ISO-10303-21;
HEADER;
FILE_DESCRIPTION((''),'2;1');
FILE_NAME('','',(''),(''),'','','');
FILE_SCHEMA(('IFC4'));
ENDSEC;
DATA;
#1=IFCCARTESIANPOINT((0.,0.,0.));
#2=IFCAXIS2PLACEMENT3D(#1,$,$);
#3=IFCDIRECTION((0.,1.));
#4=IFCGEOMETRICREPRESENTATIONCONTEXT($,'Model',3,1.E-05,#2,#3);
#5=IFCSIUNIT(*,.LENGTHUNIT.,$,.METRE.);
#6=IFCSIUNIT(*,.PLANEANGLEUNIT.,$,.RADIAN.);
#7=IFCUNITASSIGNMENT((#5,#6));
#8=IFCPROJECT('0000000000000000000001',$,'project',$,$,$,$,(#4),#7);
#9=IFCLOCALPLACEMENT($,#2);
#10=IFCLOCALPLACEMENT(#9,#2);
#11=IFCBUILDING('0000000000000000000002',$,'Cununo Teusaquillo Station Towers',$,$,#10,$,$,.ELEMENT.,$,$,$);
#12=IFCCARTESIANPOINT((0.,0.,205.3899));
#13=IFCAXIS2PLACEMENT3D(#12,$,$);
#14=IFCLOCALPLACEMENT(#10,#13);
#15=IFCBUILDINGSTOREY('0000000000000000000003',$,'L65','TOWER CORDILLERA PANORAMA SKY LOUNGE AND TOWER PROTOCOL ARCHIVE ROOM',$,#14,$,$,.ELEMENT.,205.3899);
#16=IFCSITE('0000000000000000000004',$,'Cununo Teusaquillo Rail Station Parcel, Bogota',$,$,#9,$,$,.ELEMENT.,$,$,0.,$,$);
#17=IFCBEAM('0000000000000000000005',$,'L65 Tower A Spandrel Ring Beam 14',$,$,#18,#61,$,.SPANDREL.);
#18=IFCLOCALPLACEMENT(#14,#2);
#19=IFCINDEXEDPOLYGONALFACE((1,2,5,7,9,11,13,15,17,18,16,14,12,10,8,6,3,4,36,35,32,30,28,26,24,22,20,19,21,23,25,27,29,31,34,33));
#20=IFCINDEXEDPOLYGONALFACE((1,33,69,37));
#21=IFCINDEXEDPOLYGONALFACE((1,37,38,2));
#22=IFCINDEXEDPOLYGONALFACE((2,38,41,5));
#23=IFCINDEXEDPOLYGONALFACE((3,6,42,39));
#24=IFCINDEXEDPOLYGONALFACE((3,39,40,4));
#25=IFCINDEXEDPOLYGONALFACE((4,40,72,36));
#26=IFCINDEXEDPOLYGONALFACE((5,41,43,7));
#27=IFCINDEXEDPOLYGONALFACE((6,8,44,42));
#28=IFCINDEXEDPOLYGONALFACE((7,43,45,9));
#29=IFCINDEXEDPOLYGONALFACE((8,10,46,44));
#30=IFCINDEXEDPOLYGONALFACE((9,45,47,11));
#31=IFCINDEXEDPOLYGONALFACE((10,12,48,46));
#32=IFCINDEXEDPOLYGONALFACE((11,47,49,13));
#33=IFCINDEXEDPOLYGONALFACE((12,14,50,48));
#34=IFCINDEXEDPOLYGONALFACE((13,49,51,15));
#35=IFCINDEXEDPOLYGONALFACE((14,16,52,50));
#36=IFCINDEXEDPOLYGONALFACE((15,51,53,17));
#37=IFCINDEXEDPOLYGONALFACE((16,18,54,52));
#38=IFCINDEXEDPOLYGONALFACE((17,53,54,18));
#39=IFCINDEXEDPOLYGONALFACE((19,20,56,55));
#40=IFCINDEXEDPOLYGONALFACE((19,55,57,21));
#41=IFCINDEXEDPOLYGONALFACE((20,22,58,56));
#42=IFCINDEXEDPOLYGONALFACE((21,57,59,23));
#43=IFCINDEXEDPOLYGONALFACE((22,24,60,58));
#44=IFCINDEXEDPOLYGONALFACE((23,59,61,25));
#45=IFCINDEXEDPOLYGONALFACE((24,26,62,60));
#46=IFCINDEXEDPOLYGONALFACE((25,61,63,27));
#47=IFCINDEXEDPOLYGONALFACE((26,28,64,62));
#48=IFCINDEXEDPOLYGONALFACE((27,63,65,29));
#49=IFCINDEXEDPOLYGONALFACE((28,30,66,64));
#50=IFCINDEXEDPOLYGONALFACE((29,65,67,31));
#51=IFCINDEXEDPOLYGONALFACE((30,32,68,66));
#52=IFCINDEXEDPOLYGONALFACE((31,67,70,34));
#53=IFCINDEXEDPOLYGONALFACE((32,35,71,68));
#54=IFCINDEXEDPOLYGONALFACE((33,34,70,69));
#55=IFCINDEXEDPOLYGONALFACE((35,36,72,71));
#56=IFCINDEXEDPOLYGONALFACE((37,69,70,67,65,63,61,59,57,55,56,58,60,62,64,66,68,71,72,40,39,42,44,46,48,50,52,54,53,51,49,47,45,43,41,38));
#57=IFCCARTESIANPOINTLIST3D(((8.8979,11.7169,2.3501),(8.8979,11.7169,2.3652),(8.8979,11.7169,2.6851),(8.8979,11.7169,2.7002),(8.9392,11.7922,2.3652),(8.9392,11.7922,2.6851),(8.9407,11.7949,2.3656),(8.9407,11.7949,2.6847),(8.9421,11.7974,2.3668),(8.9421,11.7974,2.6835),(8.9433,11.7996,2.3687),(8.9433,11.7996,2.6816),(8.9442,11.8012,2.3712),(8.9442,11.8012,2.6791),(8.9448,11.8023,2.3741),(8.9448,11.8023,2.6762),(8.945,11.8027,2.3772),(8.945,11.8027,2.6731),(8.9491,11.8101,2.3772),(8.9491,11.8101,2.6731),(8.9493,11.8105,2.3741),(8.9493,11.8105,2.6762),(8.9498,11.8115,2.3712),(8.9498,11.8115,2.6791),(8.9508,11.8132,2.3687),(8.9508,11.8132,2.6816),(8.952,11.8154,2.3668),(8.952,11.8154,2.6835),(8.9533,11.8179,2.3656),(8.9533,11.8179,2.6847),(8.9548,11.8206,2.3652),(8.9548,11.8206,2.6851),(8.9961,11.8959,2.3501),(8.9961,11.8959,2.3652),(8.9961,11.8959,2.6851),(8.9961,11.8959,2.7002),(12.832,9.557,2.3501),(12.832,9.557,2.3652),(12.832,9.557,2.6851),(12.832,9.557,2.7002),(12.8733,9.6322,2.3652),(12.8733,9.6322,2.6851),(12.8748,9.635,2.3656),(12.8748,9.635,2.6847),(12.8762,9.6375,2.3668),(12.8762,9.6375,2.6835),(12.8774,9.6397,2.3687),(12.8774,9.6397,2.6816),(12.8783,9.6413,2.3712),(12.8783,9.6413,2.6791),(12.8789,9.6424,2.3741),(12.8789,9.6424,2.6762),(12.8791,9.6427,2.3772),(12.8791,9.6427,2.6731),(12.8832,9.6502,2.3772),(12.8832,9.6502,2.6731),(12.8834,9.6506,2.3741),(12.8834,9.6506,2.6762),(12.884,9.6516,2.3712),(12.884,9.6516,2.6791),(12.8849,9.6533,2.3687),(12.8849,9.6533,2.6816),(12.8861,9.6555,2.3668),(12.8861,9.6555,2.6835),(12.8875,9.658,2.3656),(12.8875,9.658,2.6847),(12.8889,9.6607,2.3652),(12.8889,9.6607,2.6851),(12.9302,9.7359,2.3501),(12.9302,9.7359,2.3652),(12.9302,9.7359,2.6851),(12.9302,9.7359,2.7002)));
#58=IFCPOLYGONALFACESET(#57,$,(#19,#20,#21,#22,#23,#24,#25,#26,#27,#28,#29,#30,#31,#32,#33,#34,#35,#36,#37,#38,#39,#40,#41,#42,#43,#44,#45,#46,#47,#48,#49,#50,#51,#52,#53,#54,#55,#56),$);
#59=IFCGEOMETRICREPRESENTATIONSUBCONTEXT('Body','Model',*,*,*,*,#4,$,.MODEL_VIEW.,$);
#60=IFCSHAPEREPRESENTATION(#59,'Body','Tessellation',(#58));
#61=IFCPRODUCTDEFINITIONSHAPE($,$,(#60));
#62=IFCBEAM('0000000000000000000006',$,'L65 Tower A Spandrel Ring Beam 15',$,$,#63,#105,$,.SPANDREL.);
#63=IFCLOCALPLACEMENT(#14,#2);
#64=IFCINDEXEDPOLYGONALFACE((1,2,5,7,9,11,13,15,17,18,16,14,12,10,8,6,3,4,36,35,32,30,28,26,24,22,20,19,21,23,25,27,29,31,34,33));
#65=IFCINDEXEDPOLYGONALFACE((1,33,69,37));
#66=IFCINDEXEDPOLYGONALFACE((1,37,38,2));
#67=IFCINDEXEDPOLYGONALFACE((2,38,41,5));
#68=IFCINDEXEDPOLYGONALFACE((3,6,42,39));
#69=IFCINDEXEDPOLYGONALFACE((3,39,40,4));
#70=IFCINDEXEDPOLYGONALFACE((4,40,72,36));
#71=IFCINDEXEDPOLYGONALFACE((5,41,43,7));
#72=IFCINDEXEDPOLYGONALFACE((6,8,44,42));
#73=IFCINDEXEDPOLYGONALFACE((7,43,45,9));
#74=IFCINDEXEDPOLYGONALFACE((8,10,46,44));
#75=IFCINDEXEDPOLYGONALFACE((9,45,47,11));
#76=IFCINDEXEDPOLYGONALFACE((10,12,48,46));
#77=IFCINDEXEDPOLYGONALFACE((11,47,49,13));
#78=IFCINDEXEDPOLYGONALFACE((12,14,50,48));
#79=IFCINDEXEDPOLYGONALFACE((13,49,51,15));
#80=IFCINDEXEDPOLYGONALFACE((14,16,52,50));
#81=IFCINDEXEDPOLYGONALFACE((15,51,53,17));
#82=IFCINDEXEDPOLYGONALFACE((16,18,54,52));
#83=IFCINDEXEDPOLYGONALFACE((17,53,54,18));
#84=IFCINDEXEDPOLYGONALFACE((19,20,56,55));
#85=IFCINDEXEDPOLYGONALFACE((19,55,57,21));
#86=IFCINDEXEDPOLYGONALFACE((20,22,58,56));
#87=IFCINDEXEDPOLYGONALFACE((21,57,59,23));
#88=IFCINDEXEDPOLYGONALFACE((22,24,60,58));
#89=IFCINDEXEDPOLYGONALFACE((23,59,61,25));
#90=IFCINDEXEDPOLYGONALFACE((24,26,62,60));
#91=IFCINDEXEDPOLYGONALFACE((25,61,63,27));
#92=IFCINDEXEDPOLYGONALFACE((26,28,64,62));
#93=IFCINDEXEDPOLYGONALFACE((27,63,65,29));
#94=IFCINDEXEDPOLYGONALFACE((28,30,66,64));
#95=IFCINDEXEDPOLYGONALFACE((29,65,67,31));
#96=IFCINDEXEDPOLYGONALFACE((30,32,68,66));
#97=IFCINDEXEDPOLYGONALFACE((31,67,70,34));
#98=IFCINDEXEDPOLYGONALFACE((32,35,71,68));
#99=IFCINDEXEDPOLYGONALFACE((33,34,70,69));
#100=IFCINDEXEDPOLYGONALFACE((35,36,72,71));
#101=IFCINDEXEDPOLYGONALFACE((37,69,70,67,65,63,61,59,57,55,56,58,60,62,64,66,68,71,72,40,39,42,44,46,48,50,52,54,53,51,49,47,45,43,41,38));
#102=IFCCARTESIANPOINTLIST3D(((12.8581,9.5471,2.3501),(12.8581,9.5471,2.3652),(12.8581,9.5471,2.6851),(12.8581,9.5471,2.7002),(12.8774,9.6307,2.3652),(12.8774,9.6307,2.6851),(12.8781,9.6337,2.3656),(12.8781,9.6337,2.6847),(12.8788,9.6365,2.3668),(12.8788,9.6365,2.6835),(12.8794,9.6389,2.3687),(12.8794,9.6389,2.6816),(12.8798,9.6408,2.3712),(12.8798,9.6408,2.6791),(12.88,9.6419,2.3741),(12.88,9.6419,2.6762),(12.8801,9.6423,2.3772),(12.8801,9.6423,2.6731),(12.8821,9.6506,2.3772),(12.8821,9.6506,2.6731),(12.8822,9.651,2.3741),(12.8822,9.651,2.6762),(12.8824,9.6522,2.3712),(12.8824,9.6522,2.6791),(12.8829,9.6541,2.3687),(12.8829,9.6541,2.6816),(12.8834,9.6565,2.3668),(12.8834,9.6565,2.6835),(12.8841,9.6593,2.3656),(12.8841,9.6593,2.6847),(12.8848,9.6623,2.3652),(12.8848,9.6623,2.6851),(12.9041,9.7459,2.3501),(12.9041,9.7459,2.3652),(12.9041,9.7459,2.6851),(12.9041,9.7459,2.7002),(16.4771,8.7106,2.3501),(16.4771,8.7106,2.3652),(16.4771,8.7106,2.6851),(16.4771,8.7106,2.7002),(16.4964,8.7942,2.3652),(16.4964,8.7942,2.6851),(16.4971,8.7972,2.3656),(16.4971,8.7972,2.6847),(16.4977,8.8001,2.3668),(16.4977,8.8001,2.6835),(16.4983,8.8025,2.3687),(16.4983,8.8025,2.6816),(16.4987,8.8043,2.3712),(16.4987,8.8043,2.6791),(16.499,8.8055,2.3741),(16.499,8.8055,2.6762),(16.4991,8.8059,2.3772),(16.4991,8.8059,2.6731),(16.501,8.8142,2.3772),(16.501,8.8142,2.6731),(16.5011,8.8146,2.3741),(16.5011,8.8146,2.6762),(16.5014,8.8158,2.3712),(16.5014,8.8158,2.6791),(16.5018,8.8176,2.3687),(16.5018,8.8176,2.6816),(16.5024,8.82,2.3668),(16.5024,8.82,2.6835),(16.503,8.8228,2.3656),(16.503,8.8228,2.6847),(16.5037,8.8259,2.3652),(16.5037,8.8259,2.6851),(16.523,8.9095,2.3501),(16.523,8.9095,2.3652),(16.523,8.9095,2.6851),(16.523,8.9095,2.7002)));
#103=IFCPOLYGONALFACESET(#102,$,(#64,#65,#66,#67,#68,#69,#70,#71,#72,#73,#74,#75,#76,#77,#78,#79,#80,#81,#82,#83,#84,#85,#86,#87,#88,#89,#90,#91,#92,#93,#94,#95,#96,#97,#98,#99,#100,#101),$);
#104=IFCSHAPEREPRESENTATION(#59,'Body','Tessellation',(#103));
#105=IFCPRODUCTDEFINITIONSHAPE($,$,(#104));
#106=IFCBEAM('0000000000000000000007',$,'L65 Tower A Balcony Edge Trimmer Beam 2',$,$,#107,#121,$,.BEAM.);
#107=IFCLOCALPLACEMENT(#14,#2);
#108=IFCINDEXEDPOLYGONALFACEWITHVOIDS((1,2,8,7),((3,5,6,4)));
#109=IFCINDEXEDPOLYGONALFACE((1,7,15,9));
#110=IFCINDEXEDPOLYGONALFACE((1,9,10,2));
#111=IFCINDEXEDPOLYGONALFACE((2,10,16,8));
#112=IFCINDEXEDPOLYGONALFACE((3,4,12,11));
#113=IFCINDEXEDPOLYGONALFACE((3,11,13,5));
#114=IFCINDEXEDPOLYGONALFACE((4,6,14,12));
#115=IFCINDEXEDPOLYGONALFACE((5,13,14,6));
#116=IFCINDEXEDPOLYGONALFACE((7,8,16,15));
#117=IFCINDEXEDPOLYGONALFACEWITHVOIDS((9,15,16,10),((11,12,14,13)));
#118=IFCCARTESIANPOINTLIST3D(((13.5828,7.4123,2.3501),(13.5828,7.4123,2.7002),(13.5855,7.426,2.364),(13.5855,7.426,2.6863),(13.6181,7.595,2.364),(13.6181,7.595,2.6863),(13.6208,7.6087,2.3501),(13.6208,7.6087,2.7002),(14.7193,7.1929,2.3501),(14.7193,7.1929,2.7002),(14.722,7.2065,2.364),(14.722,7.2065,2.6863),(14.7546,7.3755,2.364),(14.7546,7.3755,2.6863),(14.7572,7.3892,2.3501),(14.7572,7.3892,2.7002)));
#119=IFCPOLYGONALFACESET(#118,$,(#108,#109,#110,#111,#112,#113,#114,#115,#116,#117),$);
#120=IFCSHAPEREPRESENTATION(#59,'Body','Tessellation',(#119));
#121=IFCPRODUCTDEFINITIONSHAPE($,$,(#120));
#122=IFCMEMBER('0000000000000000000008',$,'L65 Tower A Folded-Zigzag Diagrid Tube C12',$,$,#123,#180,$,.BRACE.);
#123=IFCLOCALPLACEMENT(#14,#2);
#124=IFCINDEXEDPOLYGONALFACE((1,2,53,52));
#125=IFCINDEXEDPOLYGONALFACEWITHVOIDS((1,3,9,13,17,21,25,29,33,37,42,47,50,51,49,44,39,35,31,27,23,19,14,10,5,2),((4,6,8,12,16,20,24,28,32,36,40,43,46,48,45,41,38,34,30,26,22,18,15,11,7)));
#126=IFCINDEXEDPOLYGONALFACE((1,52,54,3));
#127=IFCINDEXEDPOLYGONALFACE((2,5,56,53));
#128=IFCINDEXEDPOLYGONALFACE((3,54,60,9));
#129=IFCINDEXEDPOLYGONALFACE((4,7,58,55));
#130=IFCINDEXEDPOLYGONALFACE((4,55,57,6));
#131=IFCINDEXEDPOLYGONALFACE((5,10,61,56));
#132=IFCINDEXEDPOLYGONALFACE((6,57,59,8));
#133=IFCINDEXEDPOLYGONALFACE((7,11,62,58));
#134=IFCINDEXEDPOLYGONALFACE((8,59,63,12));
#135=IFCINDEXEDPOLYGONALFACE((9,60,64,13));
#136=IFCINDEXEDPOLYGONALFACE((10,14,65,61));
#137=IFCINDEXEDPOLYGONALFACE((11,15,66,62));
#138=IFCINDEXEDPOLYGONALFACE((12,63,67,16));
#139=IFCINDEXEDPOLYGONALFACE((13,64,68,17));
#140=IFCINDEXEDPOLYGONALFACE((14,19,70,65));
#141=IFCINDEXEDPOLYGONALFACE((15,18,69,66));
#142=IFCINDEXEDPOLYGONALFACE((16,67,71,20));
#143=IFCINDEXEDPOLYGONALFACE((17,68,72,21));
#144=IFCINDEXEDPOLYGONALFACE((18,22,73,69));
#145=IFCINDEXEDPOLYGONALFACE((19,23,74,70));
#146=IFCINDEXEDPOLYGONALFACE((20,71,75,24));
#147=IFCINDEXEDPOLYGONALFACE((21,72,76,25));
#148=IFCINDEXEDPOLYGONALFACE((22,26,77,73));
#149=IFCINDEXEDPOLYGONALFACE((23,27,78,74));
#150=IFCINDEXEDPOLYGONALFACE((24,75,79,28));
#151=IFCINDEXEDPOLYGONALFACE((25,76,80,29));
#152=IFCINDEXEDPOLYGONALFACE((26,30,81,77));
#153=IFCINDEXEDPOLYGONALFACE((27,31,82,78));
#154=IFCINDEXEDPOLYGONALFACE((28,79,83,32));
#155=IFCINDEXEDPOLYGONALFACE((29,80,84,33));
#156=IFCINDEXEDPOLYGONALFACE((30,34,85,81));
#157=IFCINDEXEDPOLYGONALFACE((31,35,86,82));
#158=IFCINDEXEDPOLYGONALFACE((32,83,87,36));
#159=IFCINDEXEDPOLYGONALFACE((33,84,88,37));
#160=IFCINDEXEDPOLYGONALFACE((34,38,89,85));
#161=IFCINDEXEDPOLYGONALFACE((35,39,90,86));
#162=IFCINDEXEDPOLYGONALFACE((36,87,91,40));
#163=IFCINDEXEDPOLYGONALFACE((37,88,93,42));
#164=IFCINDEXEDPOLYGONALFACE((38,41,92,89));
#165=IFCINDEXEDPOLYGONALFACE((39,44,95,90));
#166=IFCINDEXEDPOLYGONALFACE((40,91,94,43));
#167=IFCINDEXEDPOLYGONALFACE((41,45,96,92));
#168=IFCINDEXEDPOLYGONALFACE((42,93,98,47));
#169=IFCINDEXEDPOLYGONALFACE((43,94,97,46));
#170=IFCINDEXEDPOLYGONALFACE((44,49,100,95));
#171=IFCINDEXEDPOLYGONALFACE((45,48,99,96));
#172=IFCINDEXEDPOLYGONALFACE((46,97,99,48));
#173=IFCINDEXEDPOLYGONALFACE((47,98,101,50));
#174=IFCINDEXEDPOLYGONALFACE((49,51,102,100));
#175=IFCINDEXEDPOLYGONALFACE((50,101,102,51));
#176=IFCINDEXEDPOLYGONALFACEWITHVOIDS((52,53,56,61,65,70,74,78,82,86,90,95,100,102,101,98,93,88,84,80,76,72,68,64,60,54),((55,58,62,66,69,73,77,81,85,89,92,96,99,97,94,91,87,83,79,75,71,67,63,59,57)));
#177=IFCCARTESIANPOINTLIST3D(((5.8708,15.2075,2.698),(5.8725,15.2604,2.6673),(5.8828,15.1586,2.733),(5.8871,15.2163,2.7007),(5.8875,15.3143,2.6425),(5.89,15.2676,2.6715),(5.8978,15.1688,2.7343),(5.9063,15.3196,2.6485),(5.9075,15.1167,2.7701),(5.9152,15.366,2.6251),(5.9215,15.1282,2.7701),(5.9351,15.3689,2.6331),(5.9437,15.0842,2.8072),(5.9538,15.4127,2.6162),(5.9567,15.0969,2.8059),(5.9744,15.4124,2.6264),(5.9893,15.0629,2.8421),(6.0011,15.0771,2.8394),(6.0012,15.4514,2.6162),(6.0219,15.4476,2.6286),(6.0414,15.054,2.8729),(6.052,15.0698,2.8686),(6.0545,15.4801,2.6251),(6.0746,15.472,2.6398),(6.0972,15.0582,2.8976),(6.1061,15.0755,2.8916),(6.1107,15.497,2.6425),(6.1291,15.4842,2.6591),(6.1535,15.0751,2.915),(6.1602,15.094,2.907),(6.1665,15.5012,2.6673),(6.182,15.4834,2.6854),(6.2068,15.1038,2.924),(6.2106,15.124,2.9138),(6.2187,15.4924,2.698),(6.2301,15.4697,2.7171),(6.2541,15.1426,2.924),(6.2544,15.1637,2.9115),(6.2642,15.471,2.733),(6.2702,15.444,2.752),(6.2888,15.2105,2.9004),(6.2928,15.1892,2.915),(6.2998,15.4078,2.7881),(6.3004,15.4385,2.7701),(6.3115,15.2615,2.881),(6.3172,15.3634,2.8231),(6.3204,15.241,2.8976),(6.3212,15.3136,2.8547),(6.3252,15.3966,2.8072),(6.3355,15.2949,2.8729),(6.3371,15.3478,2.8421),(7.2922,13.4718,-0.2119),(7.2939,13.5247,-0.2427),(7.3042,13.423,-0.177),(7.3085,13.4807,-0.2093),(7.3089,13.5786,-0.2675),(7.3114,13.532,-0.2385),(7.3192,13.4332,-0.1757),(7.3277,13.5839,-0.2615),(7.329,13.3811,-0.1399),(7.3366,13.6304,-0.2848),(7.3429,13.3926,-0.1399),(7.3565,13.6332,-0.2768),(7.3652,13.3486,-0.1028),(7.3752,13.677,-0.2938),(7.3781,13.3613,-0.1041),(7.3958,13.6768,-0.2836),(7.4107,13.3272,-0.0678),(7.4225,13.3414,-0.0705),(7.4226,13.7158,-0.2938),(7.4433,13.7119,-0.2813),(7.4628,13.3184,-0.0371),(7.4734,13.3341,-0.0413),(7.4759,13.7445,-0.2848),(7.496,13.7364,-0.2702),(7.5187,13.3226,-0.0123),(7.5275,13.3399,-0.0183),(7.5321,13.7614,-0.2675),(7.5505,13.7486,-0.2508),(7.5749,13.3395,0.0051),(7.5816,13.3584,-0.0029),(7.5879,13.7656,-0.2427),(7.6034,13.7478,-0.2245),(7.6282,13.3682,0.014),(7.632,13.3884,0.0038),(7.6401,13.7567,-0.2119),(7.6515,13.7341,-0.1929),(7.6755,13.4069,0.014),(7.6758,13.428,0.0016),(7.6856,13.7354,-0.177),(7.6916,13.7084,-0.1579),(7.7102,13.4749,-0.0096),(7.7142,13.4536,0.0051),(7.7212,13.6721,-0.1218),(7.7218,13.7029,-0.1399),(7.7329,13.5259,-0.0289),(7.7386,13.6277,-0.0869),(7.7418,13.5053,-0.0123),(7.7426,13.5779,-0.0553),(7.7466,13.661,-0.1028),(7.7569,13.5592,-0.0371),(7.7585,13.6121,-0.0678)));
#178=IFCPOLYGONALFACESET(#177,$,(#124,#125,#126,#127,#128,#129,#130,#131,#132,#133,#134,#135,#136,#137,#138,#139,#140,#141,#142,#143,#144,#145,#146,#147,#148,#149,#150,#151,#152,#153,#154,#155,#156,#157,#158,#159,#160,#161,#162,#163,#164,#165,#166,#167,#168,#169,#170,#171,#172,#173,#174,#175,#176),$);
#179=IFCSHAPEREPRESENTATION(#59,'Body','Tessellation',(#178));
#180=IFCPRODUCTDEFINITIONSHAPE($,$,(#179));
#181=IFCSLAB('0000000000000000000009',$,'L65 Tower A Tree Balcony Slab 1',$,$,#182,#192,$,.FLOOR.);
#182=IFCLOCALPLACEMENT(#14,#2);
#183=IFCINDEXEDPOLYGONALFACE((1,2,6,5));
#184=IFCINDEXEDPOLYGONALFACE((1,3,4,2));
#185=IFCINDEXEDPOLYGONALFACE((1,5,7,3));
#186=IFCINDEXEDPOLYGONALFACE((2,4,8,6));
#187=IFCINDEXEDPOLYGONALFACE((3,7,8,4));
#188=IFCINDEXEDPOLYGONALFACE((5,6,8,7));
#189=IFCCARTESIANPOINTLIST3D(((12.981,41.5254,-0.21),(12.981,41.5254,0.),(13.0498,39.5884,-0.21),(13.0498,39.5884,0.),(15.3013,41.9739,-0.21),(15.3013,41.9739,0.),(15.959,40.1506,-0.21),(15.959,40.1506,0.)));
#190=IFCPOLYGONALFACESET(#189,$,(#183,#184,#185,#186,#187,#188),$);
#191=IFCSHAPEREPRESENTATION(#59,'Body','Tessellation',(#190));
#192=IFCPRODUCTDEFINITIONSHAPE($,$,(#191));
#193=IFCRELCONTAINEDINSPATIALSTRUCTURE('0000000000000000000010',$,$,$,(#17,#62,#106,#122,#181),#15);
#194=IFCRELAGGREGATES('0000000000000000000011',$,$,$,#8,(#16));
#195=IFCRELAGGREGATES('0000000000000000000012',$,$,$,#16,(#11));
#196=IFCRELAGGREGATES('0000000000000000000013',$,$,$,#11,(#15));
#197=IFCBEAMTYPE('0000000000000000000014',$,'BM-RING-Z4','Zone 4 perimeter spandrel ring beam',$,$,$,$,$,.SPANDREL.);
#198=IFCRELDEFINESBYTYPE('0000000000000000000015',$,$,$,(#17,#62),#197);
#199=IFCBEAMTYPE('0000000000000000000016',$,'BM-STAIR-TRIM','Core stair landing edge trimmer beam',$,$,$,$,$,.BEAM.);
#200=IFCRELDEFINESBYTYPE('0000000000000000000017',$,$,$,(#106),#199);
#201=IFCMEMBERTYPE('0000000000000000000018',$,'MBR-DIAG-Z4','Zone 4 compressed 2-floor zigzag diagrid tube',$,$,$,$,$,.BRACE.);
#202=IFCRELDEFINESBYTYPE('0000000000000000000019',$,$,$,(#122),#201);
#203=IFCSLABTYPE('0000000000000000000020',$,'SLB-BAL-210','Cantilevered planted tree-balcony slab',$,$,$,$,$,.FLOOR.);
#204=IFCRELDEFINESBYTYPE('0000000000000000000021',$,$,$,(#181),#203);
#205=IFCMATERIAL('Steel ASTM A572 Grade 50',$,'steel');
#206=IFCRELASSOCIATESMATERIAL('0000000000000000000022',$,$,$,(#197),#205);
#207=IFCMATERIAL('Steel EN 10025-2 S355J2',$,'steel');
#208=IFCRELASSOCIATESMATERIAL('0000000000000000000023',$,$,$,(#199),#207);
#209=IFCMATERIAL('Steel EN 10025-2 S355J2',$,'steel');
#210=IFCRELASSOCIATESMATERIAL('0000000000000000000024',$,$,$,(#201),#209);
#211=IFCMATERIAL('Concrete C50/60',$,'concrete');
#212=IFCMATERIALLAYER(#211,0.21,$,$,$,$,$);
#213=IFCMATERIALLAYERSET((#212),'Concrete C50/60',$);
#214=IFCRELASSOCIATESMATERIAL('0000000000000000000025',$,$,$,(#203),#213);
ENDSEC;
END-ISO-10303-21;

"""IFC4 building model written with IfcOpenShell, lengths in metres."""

from ifc_helpers import new_model, si_unit, direction, frame, origin, origin_2d, place, context, subcontext, project, spatial, polyline, hollow_rectangle, hollow_circle, i_section, outline, extrude, material, layer, layer_set, material_profile, profile_set, type_object, element, save


model = new_model("IFC4")

# Units and contexts
model_context = context("Model", 3, precision=1e-05, world=origin(), true_north=direction((0.0, 1.0)))
body_context = subcontext(model_context, "Body", "Model", "MODEL_VIEW")
ifc_project = project(units=[si_unit("LENGTHUNIT", "METRE"), si_unit("PLANEANGLEUNIT", "RADIAN")], contexts=[model_context])

# Site, building, storey
site_placement = place(None, origin())
site = spatial("IfcSite", under=ifc_project, at=site_placement, Name="Cununo Teusaquillo Rail Station Parcel, Bogota", CompositionType="ELEMENT", RefElevation=0.0)
building_placement = place(site_placement, origin())
building = spatial("IfcBuilding", under=site, at=building_placement, Name="Cununo Teusaquillo Station Towers", CompositionType="ELEMENT")
storey_placement = place(building_placement, frame((0.0, 0.0, 205.3899)))
storey = spatial("IfcBuildingStorey", under=building, at=storey_placement, Name="L65", Description="TOWER CORDILLERA PANORAMA SKY LOUNGE AND TOWER PROTOCOL ARCHIVE ROOM", CompositionType="ELEMENT", Elevation=205.3899)

# Beams
ifc_material_1 = material(Name="Steel ASTM A572 Grade 50", Category="steel")
ifc_material_profile_1 = material_profile(ifc_material_1, i_section(OverallWidth=0.2041, OverallDepth=0.3501, WebThickness=0.0085, FlangeThickness=0.0151, FilletRadius=0.012, at=origin_2d()), Name="W14X48")
ifc_profile_set_1 = profile_set([ifc_material_profile_1], Name="Steel ASTM A572 Grade 50")
beam_type_1 = type_object("IfcBeamType", Name="BM-RING-Z4", Description="Zone 4 perimeter spandrel ring beam", PredefinedType="SPANDREL", material=ifc_profile_set_1)
beam_1_placement = place(storey_placement, frame((8.947, 11.8064, 2.5251), z_axis=(0.876576, -0.481263, 0.0), x_axis=(0.481263, 0.876576, 0.0)))
element("IfcBeam", 1, at=beam_1_placement, inside=storey, type_object=beam_type_1, Name="L65 Tower A Spandrel Ring Beam 14", PredefinedType="SPANDREL", context=body_context, shape_type="SweptSolid", body=[
    extrude(i_section(OverallWidth=0.2041, OverallDepth=0.3501, WebThickness=0.0085, FlangeThickness=0.0151, FilletRadius=0.012, at=origin_2d()), origin(), (0.0, 0.0, 1.0), 4.488),
])
beam_2_placement = place(storey_placement, frame((12.8811, 9.6465, 2.5251), z_axis=(0.974315, -0.225191, 0.0), x_axis=(0.225191, 0.974315, 0.0)))
element("IfcBeam", 2, at=beam_2_placement, inside=storey, type_object=beam_type_1, Name="L65 Tower A Spandrel Ring Beam 15", PredefinedType="SPANDREL", context=body_context, shape_type="SweptSolid", body=[
    extrude(i_section(OverallWidth=0.2041, OverallDepth=0.3501, WebThickness=0.0085, FlangeThickness=0.0151, FilletRadius=0.012, at=origin_2d()), origin(), (0.0, 0.0, 1.0), 3.7144),
])
ifc_material_2 = material(Name="Steel EN 10025-2 S355J2", Category="steel")
ifc_material_profile_2 = material_profile(ifc_material_2, hollow_rectangle(XDim=0.2, YDim=0.3501, WallThickness=0.0139, at=origin_2d()), Name="RHS 350x200x14")
ifc_profile_set_2 = profile_set([ifc_material_profile_2], Name="Steel EN 10025-2 S355J2")
beam_type_2 = type_object("IfcBeamType", Name="BM-STAIR-TRIM", Description="Core stair landing edge trimmer beam", PredefinedType="BEAM", material=ifc_profile_set_2)
beam_3_placement = place(storey_placement, frame((13.6018, 7.5105, 2.5251), z_axis=(0.981857, -0.189622, 0.0), x_axis=(0.189622, 0.981857, 0.0)))
element("IfcBeam", 3, at=beam_3_placement, inside=storey, type_object=beam_type_2, Name="L65 Tower A Balcony Edge Trimmer Beam 2", PredefinedType="BEAM", context=body_context, shape_type="SweptSolid", body=[
    extrude(hollow_rectangle(XDim=0.2, YDim=0.3501, WallThickness=0.0139, at=origin_2d()), origin(), (0.0, 0.0, 1.0), 1.1575),
])

# Member
ifc_material_3 = material(Name="Steel EN 10025-2 S355J2", Category="steel")
ifc_material_profile_3 = material_profile(ifc_material_3, hollow_circle(Radius=0.2539, WallThickness=0.0181, at=origin_2d()), Name="CHS 508x18")
ifc_profile_set_3 = profile_set([ifc_material_profile_3], Name="Steel EN 10025-2 S355J2")
member_type = type_object("IfcMemberType", Name="MBR-DIAG-Z4", Description="Zone 4 compressed 2-floor zigzag diagrid tube", PredefinedType="BRACE", material=ifc_profile_set_3)
member_placement = place(storey_placement, frame((7.5254, 13.542, -0.1399), z_axis=(-0.386849, 0.472365, 0.791971), x_axis=(-0.773661, -0.633599, 0.0)))
element("IfcMember", 4, at=member_placement, inside=storey, type_object=member_type, Name="L65 Tower A Folded-Zigzag Diagrid Tube C12", PredefinedType="BRACE", context=body_context, shape_type="SweptSolid", body=[
    extrude(hollow_circle(Radius=0.2539, WallThickness=0.0181, at=origin_2d()), origin(), (0.0, 0.0, 1.0), 3.6743),
])

# Slab
ifc_material_4 = material(Name="Concrete C50/60", Category="concrete")
ifc_layer_1 = layer(ifc_material_4, 0.21)
ifc_layer_set_1 = layer_set([ifc_layer_1], Name="Concrete C50/60")
slab_type_1 = type_object("IfcSlabType", Name="SLB-BAL-210", Description="Cantilevered planted tree-balcony slab", PredefinedType="FLOOR", material=ifc_layer_set_1)
slab_1_placement = place(storey_placement, frame((0.0, 0.0, -0.21)))
element("IfcSlab", 5, at=slab_1_placement, inside=storey, type_object=slab_type_1, Name="L65 Tower A Tree Balcony Slab 1", PredefinedType="FLOOR", context=body_context, shape_type="SweptSolid", body=[
    extrude(outline(polyline([(15.959, 40.1506), (13.0498, 39.5884), (12.981, 41.5254), (15.3013, 41.9739), (15.959, 40.1506)])), origin(), (0.0, 0.0, 1.0), 0.21),
])

save(model, "model.ifc")
